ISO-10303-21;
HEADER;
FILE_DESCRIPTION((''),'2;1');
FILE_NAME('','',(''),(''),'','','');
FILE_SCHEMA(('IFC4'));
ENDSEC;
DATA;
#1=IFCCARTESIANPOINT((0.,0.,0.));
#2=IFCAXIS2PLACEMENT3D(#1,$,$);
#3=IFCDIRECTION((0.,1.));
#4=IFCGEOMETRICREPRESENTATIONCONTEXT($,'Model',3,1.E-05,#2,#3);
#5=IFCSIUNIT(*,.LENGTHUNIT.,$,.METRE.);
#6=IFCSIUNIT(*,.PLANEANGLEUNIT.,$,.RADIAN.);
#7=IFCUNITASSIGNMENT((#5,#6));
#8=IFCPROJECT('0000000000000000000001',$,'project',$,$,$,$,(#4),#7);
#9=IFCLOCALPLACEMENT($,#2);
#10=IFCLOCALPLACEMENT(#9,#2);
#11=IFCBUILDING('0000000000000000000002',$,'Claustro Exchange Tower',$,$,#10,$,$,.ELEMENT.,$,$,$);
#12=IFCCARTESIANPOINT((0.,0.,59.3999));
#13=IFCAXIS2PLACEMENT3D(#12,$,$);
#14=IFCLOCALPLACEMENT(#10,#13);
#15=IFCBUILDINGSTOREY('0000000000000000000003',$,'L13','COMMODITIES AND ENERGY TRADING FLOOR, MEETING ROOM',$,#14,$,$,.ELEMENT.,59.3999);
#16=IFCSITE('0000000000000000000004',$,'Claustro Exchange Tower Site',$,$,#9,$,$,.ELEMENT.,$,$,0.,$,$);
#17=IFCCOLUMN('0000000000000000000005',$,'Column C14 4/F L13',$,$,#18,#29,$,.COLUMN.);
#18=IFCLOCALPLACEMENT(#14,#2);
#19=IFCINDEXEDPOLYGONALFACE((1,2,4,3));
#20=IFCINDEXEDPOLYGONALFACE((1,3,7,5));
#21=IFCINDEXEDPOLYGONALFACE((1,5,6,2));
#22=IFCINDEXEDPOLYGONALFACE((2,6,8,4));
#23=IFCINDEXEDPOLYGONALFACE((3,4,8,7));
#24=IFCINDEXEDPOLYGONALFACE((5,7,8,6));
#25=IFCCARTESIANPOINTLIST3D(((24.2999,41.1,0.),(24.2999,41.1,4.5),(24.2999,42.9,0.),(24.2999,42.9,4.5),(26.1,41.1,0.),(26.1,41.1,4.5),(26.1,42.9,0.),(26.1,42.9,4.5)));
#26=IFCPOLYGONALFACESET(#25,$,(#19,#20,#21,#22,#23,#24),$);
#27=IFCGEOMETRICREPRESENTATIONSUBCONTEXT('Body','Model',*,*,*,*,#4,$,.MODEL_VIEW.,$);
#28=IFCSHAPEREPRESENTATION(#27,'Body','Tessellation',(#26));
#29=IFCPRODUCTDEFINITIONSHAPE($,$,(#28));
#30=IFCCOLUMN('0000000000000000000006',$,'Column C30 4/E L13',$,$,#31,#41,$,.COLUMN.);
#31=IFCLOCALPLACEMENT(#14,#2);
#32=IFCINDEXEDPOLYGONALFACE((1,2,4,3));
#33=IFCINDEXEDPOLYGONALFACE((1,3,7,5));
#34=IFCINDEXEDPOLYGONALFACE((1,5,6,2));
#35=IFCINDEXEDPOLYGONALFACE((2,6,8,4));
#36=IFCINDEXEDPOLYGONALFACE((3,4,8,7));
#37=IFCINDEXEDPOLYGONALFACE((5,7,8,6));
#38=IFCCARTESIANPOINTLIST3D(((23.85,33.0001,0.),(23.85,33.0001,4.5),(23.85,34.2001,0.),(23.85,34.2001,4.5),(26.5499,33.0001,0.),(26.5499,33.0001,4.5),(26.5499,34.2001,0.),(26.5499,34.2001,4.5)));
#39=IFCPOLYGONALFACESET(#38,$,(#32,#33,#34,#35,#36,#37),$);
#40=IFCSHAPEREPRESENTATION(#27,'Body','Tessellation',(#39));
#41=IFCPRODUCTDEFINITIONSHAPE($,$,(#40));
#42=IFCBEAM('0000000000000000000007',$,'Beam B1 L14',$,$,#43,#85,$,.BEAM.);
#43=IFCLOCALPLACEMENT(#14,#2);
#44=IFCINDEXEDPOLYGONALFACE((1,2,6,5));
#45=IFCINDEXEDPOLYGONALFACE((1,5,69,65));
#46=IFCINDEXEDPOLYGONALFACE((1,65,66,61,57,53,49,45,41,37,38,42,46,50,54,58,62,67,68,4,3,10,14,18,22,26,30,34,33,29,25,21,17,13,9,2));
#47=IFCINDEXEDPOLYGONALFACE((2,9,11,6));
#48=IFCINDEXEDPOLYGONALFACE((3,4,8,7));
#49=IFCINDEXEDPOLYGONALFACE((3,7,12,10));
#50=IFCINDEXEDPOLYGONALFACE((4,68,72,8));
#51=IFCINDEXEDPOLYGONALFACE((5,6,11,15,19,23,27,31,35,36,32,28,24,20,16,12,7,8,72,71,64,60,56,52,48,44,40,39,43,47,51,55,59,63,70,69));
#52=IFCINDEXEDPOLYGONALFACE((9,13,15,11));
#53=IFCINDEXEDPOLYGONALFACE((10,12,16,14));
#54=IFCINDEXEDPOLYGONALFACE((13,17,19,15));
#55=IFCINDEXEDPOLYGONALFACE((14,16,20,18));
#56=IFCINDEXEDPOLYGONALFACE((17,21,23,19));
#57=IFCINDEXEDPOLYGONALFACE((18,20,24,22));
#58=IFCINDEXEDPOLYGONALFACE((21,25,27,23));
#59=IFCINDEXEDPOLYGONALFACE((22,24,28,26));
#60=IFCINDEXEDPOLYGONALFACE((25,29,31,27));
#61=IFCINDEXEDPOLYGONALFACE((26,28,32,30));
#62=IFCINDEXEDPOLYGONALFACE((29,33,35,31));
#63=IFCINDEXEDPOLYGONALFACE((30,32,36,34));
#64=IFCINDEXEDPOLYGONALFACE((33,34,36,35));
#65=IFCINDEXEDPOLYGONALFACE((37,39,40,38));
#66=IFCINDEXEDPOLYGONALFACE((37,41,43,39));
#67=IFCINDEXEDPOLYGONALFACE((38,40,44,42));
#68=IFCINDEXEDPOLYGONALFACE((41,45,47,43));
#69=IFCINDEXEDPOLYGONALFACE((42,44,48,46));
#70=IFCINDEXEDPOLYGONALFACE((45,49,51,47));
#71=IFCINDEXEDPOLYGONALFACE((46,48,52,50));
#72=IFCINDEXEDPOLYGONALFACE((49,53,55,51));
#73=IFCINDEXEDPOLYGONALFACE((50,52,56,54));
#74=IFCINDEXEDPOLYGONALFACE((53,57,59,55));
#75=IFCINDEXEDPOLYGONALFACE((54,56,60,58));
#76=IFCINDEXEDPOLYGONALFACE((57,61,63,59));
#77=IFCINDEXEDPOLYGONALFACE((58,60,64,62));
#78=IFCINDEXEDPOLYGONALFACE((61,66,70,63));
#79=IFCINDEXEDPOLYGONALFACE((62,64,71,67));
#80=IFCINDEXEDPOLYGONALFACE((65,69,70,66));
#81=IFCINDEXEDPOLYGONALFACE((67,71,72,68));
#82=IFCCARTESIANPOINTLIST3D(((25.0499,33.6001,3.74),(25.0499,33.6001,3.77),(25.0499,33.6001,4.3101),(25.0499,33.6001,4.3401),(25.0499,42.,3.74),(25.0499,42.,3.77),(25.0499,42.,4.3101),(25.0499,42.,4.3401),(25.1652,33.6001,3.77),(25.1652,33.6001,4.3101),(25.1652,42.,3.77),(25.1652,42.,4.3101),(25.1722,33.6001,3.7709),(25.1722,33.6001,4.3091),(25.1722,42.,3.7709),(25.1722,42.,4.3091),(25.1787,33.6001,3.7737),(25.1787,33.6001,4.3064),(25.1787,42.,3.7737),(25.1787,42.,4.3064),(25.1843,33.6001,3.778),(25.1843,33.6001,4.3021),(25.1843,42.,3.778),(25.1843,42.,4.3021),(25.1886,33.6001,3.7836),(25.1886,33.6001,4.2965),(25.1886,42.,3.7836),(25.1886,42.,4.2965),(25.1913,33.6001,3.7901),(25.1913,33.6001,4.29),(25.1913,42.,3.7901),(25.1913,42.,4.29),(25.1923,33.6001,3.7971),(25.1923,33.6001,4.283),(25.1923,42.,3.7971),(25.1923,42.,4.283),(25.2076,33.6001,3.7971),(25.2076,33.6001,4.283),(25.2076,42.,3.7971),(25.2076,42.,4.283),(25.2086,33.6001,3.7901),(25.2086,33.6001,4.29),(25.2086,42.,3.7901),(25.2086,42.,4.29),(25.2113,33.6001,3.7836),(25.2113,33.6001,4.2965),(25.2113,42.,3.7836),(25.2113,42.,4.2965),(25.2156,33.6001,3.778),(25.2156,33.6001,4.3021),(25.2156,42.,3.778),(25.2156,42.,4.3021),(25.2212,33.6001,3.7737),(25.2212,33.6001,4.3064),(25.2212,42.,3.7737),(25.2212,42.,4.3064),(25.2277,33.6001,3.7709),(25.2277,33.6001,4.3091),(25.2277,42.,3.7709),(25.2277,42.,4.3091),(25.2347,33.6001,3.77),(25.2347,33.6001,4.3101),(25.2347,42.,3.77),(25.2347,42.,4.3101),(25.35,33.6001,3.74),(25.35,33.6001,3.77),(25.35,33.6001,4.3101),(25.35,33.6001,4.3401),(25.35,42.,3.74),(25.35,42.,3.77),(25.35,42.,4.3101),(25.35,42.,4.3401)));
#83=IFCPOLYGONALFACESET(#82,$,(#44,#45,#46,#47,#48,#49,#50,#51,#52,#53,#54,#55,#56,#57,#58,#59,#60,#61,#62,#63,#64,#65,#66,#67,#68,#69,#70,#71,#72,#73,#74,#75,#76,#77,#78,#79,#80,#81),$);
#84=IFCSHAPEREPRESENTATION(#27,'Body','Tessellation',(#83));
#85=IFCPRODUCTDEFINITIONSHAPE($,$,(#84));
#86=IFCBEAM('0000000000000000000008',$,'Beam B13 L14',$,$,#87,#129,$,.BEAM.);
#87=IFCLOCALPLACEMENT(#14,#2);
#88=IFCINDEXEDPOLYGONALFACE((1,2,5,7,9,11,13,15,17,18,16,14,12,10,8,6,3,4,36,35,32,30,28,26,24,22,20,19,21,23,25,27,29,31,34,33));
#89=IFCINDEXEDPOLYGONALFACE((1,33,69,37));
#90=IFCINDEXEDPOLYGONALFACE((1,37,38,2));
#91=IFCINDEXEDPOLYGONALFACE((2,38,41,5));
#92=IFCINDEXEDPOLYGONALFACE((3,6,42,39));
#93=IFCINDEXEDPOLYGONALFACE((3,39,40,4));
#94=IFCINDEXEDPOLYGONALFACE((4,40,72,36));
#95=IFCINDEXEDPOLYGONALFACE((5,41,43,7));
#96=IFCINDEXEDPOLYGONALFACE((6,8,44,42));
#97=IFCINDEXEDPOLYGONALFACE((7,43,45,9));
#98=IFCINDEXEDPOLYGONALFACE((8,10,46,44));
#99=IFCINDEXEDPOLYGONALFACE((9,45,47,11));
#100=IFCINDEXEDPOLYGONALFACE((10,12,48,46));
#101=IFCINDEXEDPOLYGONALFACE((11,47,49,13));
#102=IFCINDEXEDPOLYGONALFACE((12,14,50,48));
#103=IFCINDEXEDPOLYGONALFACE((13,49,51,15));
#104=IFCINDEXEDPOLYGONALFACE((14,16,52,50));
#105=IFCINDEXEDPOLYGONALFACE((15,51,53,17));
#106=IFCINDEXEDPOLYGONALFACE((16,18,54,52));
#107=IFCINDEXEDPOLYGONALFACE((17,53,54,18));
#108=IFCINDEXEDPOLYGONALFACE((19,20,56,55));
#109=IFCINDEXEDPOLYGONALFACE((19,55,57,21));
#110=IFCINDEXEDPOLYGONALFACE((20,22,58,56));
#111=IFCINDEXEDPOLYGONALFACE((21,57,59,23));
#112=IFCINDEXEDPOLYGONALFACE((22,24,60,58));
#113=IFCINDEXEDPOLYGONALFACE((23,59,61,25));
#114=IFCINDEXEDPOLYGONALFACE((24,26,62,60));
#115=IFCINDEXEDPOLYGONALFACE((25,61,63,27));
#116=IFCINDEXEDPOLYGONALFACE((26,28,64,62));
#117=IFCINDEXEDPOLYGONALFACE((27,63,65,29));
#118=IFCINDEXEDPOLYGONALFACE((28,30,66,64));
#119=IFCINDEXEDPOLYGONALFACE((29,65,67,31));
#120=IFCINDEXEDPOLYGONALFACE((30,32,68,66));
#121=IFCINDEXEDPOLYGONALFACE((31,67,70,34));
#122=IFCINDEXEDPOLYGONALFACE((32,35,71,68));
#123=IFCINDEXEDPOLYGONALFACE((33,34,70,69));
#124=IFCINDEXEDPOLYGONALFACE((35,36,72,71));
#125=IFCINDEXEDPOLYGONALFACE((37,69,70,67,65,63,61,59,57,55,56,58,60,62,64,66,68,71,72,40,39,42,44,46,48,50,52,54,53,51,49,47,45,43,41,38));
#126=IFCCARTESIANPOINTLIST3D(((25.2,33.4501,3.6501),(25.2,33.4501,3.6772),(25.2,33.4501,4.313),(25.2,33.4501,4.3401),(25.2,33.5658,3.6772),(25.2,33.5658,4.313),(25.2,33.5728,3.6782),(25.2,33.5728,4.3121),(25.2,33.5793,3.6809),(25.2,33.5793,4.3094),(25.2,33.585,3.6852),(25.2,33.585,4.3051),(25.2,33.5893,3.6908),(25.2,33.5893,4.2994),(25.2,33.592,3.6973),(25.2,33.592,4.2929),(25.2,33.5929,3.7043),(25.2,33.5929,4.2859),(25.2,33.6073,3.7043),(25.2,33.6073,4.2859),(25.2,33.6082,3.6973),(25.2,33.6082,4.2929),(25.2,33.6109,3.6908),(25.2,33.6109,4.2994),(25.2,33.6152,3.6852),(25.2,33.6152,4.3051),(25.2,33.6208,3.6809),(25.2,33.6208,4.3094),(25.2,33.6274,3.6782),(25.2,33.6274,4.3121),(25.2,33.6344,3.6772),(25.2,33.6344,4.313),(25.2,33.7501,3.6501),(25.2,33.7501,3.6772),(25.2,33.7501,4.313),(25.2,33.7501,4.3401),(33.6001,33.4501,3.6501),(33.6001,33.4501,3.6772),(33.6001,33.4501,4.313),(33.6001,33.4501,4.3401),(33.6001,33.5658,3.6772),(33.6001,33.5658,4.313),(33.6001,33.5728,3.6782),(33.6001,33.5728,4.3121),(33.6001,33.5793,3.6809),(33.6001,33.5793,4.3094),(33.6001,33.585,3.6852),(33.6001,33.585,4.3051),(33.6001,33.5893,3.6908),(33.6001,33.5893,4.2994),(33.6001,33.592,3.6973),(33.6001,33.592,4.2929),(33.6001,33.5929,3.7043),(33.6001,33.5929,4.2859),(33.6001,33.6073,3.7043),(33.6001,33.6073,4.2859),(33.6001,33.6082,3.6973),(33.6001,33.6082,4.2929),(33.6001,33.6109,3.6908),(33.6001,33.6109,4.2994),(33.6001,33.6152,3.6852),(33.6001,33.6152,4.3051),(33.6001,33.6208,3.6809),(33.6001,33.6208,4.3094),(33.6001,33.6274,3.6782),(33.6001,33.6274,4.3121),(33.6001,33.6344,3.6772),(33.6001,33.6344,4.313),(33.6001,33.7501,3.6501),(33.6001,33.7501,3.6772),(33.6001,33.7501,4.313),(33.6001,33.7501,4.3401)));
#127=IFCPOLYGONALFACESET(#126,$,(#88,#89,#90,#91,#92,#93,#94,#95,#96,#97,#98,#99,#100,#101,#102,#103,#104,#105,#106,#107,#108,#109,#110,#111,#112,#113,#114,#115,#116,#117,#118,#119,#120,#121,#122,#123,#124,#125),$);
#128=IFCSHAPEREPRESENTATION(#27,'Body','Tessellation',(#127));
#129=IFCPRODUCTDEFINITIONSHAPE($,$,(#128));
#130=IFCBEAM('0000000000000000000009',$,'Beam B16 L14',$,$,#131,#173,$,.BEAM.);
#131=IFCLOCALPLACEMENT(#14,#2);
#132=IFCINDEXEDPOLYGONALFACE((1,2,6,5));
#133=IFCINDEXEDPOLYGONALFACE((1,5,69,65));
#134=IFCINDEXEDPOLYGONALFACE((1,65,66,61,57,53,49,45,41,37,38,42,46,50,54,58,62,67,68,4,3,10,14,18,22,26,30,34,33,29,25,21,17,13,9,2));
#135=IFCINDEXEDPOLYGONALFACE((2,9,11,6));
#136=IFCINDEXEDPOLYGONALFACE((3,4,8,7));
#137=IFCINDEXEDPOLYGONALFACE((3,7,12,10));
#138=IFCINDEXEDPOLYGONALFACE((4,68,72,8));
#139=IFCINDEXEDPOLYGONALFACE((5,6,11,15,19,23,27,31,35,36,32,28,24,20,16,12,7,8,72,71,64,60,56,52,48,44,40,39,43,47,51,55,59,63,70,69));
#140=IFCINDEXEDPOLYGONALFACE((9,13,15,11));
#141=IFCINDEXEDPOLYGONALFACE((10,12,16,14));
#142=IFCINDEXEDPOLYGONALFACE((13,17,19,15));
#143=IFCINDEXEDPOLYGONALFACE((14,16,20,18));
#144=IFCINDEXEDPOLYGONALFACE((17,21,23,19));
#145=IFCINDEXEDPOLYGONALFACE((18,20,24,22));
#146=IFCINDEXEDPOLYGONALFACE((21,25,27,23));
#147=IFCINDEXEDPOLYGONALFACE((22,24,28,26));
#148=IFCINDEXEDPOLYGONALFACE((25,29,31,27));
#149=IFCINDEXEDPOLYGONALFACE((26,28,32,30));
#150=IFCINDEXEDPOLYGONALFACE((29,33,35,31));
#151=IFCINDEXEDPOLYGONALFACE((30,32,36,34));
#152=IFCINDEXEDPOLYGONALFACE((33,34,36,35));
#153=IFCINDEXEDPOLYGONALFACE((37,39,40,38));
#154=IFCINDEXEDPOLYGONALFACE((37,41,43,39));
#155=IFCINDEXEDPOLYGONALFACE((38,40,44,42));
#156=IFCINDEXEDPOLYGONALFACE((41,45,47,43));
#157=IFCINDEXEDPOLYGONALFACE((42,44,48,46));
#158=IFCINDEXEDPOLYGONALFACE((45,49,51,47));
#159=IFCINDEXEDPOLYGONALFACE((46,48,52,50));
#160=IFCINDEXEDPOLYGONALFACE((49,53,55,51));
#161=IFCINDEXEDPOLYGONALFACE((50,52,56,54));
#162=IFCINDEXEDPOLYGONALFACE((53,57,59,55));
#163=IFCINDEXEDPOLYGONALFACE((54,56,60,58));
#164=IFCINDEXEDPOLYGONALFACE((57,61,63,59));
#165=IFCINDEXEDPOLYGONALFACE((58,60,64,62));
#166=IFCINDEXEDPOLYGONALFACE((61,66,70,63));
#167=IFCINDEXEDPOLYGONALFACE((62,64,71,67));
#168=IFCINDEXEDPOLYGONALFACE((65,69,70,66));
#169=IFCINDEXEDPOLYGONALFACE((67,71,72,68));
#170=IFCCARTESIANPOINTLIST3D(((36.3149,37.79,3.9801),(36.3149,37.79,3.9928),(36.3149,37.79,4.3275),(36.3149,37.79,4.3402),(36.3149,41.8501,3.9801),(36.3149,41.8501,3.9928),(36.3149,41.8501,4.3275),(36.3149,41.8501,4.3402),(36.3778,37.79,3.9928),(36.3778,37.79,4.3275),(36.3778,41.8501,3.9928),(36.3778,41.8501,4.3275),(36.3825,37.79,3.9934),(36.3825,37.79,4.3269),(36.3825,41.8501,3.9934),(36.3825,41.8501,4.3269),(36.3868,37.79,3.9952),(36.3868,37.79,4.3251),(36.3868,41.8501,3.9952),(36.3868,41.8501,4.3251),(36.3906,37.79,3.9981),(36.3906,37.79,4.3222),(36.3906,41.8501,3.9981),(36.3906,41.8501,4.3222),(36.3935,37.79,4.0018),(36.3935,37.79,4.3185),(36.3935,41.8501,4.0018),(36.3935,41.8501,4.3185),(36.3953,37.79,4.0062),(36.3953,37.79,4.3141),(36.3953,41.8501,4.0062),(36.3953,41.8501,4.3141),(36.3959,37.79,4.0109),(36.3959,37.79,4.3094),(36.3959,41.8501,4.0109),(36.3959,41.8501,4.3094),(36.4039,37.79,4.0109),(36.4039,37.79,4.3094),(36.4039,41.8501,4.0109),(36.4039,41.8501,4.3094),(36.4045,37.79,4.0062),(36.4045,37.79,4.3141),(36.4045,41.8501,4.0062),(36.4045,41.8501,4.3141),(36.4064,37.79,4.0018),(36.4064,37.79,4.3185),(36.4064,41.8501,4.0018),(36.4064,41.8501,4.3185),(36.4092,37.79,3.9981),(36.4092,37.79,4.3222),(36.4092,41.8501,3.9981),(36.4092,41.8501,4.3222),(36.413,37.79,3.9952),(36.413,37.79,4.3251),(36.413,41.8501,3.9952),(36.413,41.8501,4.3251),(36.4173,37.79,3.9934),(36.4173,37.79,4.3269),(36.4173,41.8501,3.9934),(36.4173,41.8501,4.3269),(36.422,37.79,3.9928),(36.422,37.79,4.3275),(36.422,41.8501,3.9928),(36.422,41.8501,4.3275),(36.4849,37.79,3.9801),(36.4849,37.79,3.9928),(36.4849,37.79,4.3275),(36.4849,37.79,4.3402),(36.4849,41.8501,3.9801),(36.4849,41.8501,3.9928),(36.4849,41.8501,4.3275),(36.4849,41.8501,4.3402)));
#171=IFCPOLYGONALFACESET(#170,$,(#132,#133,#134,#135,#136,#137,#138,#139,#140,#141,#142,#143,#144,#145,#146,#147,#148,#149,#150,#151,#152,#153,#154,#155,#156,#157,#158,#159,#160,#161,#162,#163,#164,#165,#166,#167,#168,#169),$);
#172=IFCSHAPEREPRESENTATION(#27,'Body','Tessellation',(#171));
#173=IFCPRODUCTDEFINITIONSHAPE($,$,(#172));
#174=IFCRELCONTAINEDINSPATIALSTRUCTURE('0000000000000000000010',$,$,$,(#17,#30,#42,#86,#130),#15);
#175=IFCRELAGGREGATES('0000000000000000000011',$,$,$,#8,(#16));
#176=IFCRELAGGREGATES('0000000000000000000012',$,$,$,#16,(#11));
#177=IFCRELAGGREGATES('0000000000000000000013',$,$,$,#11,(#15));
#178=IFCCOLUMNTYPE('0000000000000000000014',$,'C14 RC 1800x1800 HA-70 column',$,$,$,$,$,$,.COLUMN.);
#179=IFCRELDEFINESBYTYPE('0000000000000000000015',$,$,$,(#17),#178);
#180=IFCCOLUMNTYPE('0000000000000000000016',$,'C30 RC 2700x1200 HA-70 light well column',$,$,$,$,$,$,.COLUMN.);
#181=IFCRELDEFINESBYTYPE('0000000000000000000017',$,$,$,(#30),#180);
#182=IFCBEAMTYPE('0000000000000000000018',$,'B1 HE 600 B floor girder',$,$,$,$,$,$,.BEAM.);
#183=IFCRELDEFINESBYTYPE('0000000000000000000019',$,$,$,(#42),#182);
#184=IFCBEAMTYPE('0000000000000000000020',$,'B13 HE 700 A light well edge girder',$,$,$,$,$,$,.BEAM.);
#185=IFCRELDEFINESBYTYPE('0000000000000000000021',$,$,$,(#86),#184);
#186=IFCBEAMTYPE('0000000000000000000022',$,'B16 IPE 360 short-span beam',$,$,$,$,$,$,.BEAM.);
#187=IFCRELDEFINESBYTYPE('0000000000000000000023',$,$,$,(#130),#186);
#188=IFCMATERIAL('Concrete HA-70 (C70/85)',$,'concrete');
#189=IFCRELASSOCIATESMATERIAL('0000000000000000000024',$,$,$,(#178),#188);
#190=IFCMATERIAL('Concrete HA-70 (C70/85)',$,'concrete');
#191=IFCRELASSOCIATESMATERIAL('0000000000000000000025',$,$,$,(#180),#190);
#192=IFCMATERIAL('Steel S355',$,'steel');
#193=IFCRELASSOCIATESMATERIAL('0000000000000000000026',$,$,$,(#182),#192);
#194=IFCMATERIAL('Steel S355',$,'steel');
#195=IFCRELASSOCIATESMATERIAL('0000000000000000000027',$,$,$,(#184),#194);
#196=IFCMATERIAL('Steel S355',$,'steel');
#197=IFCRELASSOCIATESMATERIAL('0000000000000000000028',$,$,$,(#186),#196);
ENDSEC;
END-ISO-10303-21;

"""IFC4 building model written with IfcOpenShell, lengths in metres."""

from ifc_helpers import new_model, si_unit, direction, frame, origin, origin_2d, place, context, subcontext, project, spatial, rectangle, i_section, extrude, material, material_profile, profile_set, type_object, element, save


model = new_model("IFC4")

# Units and contexts
model_context = context("Model", 3, precision=1e-05, world=origin(), true_north=direction((0.0, 1.0)))
body_context = subcontext(model_context, "Body", "Model", "MODEL_VIEW")
ifc_project = project(units=[si_unit("LENGTHUNIT", "METRE"), si_unit("PLANEANGLEUNIT", "RADIAN")], contexts=[model_context])

# Site, building, storey
site_placement = place(None, origin())
site = spatial("IfcSite", under=ifc_project, at=site_placement, Name="Claustro Exchange Tower Site", CompositionType="ELEMENT", RefElevation=0.0)
building_placement = place(site_placement, origin())
building = spatial("IfcBuilding", under=site, at=building_placement, Name="Claustro Exchange Tower", CompositionType="ELEMENT")
storey_placement = place(building_placement, frame((0.0, 0.0, 59.3999)))
storey = spatial("IfcBuildingStorey", under=building, at=storey_placement, Name="L13", Description="COMMODITIES AND ENERGY TRADING FLOOR, MEETING ROOM", CompositionType="ELEMENT", Elevation=59.3999)

# Columns
ifc_material_1 = material(Name="Concrete HA-70 (C70/85)", Category="concrete")
ifc_material_profile_1 = material_profile(ifc_material_1, rectangle(XDim=1.8, YDim=1.8, at=origin_2d()), Name="RC 1800x1800")
ifc_profile_set_1 = profile_set([ifc_material_profile_1], Name="Concrete HA-70 (C70/85)")
column_type_1 = type_object("IfcColumnType", Name="C14 RC 1800x1800 HA-70 column", PredefinedType="COLUMN", material=ifc_profile_set_1)
column_1_placement = place(storey_placement, frame((25.2, 42.0, 0.0), z_axis=(0.0, 0.0, 1.0), x_axis=(1.0, 0.0, 0.0)))
element("IfcColumn", 1, at=column_1_placement, inside=storey, type_object=column_type_1, Name="Column C14 4/F L13", PredefinedType="COLUMN", context=body_context, shape_type="SweptSolid", body=[
    extrude(rectangle(XDim=1.8, YDim=1.8, at=origin_2d()), origin(), (0.0, 0.0, 1.0), 4.5),
])
ifc_material_2 = material(Name="Concrete HA-70 (C70/85)", Category="concrete")
ifc_material_profile_2 = material_profile(ifc_material_2, rectangle(XDim=2.7, YDim=1.2, at=origin_2d()), Name="RC 2700x1200")
ifc_profile_set_2 = profile_set([ifc_material_profile_2], Name="Concrete HA-70 (C70/85)")
column_type_2 = type_object("IfcColumnType", Name="C30 RC 2700x1200 HA-70 light well column", PredefinedType="COLUMN", material=ifc_profile_set_2)
column_2_placement = place(storey_placement, frame((25.2, 33.6001, 0.0), z_axis=(0.0, 0.0, 1.0), x_axis=(1.0, 0.0, 0.0)))
element("IfcColumn", 2, at=column_2_placement, inside=storey, type_object=column_type_2, Name="Column C30 4/E L13", PredefinedType="COLUMN", context=body_context, shape_type="SweptSolid", body=[
    extrude(rectangle(XDim=2.7, YDim=1.2, at=origin_2d()), origin(), (0.0, 0.0, 1.0), 4.5),
])

# Beams
ifc_material_3 = material(Name="Steel S355", Category="steel")
ifc_material_profile_3 = material_profile(ifc_material_3, i_section(OverallWidth=0.3, OverallDepth=0.6001, WebThickness=0.0154, FlangeThickness=0.03, FilletRadius=0.0271, at=origin_2d()), Name="HE 600 B")
ifc_profile_set_3 = profile_set([ifc_material_profile_3], Name="Steel S355")
beam_type_1 = type_object("IfcBeamType", Name="B1 HE 600 B floor girder", PredefinedType="BEAM", material=ifc_profile_set_3)
beam_1_placement = place(storey_placement, frame((25.2, 33.6001, 4.04), z_axis=(0.0, 1.0, 0.0), x_axis=(-1.0, 0.0, 0.0)))
element("IfcBeam", 3, at=beam_1_placement, inside=storey, type_object=beam_type_1, Name="Beam B1 L14", PredefinedType="BEAM", context=body_context, shape_type="SweptSolid", body=[
    extrude(i_section(OverallWidth=0.3, OverallDepth=0.6001, WebThickness=0.0154, FlangeThickness=0.03, FilletRadius=0.0271, at=origin_2d()), origin(), (0.0, 0.0, 1.0), 8.3999),
])
ifc_material_4 = material(Name="Steel S355", Category="steel")
ifc_material_profile_4 = material_profile(ifc_material_4, i_section(OverallWidth=0.3, OverallDepth=0.6899, WebThickness=0.0144, FlangeThickness=0.0271, FilletRadius=0.0271, at=origin_2d()), Name="HE 700 A")
ifc_profile_set_4 = profile_set([ifc_material_profile_4], Name="Steel S355")
beam_type_2 = type_object("IfcBeamType", Name="B13 HE 700 A light well edge girder", PredefinedType="BEAM", material=ifc_profile_set_4)
beam_2_placement = place(storey_placement, frame((25.2, 33.6001, 3.9951), z_axis=(1.0, 0.0, 0.0), x_axis=(0.0, 1.0, 0.0)))
element("IfcBeam", 4, at=beam_2_placement, inside=storey, type_object=beam_type_2, Name="Beam B13 L14", PredefinedType="BEAM", context=body_context, shape_type="SweptSolid", body=[
    extrude(i_section(OverallWidth=0.3, OverallDepth=0.6899, WebThickness=0.0144, FlangeThickness=0.0271, FilletRadius=0.0271, at=origin_2d()), origin(), (0.0, 0.0, 1.0), 8.4001),
])
ifc_material_5 = material(Name="Steel S355", Category="steel")
ifc_material_profile_5 = material_profile(ifc_material_5, i_section(OverallWidth=0.1699, OverallDepth=0.3601, WebThickness=0.0081, FlangeThickness=0.0127, FilletRadius=0.0181, at=origin_2d()), Name="IPE 360")
ifc_profile_set_5 = profile_set([ifc_material_profile_5], Name="Steel S355")
beam_type_3 = type_object("IfcBeamType", Name="B16 IPE 360 short-span beam", PredefinedType="BEAM", material=ifc_profile_set_5)
for number, where, z_axis, x_axis, name in (
    (5, (36.3999, 37.79, 4.1602), (0.0, 1.0, 0.0), (-1.0, 0.0, 0.0), "Beam B16 L14"),
):
    element("IfcBeam", number, at=place(storey_placement, frame(where, z_axis=z_axis, x_axis=x_axis)), inside=storey, type_object=beam_type_3, Name=name, PredefinedType="BEAM", context=body_context, shape_type="SweptSolid", body=[
        extrude(i_section(OverallWidth=0.1699, OverallDepth=0.3601, WebThickness=0.0081, FlangeThickness=0.0127, FilletRadius=0.0181, at=origin_2d()), origin(), (0.0, 0.0, 1.0), 4.0601),
    ])

save(model, "model.ifc")
